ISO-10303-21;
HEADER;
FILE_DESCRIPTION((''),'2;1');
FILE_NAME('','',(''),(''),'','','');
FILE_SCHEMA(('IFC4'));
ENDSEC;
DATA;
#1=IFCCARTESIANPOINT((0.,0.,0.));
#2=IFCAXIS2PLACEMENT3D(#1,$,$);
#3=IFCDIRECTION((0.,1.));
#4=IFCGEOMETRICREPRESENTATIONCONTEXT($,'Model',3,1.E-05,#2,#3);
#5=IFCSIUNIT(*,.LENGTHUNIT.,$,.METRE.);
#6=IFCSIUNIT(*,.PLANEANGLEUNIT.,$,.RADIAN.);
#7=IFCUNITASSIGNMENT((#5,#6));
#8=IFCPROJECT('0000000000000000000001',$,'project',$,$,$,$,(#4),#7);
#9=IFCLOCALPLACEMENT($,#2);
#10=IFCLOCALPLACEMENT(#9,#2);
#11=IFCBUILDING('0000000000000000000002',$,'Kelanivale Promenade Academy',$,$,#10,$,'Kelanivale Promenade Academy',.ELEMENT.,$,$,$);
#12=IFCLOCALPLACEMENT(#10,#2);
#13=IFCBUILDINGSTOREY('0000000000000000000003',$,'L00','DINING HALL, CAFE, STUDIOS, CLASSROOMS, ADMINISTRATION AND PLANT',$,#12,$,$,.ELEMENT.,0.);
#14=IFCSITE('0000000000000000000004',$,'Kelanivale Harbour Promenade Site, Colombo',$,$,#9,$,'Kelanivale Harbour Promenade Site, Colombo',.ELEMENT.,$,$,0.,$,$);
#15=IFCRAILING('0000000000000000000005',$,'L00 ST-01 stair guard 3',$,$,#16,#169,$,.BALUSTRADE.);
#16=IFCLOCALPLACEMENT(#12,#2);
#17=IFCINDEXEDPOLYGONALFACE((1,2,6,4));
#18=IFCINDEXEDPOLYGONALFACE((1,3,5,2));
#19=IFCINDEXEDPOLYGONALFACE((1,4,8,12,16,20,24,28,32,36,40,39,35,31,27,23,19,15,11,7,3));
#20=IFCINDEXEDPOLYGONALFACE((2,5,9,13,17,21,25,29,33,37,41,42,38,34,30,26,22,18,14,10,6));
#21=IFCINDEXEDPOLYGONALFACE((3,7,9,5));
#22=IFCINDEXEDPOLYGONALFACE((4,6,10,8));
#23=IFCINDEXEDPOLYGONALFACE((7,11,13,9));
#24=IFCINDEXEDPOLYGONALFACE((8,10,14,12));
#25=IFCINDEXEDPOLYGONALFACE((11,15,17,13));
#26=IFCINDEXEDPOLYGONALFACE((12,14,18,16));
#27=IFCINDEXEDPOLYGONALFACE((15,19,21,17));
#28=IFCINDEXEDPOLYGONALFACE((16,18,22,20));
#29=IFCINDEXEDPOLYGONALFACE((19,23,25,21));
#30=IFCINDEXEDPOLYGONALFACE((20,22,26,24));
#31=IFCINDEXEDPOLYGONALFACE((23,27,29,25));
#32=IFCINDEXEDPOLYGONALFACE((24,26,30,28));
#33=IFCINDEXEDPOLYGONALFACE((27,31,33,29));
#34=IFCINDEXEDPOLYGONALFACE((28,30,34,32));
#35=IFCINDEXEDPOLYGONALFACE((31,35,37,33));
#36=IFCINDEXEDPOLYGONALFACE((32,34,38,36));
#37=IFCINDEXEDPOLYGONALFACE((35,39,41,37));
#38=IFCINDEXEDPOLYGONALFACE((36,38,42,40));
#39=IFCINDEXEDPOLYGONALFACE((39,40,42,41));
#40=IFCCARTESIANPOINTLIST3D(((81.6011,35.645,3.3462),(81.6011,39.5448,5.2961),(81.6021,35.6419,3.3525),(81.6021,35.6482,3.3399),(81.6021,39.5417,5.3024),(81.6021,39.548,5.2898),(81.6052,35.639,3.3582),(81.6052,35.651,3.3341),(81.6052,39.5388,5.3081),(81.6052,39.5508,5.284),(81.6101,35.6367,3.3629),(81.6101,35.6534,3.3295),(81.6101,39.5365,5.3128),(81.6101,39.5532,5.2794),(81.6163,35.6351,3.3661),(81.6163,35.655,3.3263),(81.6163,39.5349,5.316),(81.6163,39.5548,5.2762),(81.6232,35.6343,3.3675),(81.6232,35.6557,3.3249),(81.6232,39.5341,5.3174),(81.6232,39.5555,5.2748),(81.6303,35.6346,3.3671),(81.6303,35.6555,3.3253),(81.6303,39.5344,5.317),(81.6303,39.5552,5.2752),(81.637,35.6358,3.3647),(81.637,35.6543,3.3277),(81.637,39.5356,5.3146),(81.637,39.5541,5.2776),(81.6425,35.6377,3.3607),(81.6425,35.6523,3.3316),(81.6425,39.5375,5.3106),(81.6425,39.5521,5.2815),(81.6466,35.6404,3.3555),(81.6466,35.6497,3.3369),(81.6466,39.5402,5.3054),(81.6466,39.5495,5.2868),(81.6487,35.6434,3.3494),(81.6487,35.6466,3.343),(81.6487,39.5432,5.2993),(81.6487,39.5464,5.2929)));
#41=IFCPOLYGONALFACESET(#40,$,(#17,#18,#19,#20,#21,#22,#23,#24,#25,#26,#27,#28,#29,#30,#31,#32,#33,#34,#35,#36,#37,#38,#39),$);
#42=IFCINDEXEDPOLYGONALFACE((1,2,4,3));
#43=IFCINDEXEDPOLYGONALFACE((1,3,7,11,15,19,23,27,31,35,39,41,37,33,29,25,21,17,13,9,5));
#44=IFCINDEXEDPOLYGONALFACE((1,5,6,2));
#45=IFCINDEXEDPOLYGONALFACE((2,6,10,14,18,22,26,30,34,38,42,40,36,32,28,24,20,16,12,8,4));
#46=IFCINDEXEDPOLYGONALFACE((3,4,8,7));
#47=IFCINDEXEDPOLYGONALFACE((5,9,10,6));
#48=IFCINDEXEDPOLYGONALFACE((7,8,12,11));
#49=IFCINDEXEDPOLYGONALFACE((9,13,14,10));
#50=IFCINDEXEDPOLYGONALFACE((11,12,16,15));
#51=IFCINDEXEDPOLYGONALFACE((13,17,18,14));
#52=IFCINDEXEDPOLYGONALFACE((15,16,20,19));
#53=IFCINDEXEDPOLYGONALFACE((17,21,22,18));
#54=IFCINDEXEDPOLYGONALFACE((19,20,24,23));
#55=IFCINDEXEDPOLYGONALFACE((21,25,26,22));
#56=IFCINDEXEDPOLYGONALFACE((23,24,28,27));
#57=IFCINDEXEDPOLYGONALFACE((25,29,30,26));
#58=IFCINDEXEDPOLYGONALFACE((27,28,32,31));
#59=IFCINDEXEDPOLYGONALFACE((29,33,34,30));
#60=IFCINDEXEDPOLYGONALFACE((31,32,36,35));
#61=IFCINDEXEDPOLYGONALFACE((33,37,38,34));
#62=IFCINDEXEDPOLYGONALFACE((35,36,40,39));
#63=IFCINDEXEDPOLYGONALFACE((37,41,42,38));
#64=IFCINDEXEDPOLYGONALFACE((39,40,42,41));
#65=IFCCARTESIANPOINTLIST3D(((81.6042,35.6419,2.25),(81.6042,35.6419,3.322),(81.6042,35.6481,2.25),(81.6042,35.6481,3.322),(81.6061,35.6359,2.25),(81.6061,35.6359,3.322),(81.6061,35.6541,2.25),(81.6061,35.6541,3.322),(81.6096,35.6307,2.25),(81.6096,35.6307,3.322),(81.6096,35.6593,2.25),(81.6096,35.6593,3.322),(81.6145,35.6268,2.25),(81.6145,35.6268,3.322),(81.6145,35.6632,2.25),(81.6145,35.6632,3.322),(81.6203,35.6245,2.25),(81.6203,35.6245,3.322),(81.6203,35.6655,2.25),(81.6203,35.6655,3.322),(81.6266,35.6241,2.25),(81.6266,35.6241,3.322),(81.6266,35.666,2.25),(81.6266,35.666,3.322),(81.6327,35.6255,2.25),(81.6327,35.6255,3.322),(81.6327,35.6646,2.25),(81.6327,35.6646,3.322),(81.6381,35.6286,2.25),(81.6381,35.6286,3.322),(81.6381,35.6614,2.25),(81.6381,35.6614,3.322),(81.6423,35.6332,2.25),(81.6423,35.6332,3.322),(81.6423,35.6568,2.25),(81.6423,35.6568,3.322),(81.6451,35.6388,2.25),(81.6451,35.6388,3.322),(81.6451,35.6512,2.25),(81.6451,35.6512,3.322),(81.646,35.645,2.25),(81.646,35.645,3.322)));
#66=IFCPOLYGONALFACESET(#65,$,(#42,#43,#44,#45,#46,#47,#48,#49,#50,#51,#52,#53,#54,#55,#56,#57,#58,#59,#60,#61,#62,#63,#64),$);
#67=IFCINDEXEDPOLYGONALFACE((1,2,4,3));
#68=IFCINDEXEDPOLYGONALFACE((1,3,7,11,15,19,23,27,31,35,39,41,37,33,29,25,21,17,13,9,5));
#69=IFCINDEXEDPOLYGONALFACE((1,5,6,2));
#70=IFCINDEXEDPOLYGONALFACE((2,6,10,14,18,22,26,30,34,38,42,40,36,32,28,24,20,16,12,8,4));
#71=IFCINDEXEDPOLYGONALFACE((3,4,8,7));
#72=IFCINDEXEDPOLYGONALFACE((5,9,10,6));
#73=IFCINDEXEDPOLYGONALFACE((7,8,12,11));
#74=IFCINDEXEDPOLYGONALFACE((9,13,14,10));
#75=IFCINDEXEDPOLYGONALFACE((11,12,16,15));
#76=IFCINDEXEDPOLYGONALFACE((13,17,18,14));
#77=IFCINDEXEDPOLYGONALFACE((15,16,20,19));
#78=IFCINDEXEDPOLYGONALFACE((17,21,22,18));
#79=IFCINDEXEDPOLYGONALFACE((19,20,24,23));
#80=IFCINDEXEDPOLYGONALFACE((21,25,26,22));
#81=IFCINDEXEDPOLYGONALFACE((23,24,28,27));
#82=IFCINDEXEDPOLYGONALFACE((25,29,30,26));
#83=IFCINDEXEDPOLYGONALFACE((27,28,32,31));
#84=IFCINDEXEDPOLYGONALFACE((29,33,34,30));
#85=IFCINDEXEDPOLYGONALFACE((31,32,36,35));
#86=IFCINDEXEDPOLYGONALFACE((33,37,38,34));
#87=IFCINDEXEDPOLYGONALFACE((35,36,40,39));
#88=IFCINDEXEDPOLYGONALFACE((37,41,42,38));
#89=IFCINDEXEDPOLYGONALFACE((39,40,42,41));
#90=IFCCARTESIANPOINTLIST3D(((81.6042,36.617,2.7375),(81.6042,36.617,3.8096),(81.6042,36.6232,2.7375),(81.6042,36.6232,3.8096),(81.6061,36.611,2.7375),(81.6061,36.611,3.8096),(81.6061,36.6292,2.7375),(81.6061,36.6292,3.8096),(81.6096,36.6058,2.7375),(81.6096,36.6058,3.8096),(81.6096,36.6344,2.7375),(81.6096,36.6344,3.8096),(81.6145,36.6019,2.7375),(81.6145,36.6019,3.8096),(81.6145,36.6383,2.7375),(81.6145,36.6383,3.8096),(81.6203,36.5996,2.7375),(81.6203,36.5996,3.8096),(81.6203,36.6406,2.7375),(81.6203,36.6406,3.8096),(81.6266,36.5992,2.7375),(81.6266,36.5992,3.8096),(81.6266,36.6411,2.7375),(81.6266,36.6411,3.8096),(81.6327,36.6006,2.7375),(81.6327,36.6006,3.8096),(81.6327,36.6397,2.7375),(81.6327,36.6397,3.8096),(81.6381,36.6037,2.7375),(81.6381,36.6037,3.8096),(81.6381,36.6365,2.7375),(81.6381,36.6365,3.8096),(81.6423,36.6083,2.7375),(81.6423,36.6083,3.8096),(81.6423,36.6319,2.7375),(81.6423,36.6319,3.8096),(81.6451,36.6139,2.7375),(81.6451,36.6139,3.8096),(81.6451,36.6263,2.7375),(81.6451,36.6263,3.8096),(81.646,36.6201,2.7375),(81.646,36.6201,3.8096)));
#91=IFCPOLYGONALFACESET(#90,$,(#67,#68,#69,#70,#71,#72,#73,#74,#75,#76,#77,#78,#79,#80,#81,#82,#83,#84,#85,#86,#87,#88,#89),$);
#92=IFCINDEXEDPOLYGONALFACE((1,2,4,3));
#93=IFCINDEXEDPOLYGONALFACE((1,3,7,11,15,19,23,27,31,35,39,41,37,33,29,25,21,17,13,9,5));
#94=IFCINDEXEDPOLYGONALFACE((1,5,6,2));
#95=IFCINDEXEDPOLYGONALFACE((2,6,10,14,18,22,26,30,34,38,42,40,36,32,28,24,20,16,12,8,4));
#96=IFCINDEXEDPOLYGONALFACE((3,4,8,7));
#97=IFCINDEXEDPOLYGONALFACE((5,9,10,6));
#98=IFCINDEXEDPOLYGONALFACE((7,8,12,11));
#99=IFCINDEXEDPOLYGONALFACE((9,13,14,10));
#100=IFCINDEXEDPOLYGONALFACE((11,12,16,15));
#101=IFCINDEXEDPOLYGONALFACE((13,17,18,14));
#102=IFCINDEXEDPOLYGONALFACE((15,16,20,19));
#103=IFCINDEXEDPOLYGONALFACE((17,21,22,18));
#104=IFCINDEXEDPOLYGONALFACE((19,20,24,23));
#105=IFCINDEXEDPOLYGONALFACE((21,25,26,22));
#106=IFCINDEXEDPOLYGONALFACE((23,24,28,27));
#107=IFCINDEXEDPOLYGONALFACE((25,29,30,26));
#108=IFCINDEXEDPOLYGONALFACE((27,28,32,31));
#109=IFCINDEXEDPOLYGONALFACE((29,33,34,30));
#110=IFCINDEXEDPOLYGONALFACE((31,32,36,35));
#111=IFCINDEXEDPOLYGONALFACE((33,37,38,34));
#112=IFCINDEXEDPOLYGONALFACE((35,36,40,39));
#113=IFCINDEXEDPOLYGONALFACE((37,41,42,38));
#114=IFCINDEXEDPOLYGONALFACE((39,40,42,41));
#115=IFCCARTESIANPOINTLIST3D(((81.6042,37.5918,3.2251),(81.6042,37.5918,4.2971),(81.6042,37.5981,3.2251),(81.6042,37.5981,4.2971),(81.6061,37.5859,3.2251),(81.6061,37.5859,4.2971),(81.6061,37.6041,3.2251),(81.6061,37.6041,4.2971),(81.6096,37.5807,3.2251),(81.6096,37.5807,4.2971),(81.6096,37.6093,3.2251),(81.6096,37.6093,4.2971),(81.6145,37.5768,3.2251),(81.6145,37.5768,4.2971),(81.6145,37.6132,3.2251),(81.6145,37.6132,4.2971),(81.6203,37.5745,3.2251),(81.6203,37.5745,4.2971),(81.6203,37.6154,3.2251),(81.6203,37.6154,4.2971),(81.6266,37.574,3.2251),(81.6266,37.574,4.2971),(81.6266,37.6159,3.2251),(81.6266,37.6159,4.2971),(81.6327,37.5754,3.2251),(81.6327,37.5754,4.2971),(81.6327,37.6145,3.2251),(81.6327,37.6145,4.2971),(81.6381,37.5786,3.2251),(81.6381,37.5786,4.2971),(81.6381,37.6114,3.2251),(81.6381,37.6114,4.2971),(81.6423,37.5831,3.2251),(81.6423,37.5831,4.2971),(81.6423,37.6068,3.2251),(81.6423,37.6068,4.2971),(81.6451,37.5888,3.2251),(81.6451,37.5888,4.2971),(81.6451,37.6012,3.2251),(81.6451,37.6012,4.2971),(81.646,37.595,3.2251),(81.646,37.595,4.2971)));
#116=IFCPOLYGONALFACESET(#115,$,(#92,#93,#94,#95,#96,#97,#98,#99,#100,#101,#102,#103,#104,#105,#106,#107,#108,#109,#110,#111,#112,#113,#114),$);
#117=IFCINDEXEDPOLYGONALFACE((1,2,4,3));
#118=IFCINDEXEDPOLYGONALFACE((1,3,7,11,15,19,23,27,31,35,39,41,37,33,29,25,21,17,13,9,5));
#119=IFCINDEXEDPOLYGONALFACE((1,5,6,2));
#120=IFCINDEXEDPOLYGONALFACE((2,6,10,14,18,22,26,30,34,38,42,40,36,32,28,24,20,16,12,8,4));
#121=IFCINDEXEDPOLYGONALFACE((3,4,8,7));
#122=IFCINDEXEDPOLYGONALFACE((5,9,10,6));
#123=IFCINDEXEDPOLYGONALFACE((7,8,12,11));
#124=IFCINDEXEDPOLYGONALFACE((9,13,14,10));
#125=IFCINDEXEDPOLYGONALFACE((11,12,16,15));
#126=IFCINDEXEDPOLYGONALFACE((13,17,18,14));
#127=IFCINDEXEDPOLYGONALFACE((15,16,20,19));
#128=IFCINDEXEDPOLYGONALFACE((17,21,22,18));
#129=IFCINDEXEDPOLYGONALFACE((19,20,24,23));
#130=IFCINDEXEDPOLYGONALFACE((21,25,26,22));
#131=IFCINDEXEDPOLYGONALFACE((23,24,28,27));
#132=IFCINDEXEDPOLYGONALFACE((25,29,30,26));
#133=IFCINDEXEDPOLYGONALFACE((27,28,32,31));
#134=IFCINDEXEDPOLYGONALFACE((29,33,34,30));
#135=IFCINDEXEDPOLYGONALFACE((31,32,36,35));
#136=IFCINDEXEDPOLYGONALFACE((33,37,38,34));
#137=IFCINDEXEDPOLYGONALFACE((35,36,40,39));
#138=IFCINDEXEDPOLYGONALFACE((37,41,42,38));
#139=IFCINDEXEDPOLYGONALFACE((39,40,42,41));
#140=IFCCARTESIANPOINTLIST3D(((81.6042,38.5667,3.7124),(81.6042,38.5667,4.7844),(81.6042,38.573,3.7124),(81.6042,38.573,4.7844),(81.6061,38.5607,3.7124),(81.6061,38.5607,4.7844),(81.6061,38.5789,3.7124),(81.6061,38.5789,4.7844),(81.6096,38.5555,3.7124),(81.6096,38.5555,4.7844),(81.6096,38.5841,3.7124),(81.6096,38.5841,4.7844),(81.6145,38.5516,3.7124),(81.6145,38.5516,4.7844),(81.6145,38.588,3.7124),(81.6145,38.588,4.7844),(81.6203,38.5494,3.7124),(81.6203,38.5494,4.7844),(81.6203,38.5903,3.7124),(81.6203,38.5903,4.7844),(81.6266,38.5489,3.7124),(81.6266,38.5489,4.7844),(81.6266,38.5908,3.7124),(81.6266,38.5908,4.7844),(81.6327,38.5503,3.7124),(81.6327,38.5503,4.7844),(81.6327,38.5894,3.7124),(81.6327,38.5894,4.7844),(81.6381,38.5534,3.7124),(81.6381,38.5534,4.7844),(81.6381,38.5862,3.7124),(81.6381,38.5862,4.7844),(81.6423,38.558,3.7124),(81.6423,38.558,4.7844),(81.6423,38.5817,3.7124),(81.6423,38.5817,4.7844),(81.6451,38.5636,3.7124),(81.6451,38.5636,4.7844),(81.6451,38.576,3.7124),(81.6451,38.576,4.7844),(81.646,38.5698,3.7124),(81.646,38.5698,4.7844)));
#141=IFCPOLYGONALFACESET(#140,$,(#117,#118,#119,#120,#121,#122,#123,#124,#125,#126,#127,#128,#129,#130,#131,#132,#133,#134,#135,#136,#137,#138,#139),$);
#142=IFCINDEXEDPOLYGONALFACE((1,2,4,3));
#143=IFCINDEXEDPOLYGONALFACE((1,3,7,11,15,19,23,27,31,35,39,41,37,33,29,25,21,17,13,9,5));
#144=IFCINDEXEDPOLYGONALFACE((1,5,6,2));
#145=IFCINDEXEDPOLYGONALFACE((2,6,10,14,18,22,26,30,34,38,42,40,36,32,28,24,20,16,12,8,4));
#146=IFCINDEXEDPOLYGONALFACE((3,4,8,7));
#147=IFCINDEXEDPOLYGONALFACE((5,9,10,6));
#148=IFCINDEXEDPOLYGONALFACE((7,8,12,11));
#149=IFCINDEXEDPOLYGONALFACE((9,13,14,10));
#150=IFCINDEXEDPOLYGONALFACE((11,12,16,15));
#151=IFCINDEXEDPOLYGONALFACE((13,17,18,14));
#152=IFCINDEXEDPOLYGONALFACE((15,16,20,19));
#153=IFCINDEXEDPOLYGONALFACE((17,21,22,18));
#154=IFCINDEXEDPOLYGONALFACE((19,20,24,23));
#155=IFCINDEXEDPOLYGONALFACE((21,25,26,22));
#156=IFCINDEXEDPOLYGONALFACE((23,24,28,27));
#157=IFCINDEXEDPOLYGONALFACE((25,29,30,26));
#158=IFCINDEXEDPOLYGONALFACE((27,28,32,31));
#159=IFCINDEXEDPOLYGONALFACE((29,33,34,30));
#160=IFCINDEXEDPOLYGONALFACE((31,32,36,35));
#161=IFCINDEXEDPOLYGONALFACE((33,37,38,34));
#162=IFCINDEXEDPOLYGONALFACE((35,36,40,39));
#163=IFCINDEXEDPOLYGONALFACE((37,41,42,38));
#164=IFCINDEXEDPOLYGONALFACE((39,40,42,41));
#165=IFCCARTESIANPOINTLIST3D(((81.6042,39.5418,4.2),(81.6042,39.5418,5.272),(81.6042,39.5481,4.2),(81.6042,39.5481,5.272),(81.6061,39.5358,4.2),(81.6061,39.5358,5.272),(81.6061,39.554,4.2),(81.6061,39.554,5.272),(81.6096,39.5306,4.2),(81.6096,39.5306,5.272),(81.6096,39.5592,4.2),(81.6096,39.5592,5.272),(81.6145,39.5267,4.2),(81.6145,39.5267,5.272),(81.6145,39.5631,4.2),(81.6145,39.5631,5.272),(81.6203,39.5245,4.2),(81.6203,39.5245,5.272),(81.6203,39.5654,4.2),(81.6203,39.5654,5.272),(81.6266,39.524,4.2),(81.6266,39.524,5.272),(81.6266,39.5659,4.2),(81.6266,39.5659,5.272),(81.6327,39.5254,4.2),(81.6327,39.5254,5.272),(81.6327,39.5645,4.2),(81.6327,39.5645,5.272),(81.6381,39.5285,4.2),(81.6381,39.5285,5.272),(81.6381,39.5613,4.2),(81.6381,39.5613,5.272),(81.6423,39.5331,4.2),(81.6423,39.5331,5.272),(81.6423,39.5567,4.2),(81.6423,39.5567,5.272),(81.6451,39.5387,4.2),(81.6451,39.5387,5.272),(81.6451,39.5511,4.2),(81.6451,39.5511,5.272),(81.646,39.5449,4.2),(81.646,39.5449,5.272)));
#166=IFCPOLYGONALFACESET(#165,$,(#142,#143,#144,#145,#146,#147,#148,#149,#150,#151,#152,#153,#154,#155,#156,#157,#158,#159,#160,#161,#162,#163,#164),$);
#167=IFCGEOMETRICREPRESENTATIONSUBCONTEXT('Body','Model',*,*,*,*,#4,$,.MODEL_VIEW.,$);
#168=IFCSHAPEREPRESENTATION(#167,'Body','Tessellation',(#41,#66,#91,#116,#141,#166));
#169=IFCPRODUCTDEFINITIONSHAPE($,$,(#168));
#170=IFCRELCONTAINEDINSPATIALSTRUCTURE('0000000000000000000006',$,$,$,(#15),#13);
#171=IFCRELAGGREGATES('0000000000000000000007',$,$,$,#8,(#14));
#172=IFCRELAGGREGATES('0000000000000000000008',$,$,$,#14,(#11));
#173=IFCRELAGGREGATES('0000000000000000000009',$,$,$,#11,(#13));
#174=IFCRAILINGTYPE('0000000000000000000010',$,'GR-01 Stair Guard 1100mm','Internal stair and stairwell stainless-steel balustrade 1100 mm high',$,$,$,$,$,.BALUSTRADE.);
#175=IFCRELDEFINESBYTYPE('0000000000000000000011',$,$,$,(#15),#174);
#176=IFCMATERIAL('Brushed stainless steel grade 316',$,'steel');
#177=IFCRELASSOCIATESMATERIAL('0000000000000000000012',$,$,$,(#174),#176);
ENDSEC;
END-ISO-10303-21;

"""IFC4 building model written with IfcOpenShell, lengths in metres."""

from ifc_helpers import new_model, si_unit, direction, frame, origin, origin_2d, place, context, subcontext, project, spatial, circle, extrude, material, type_object, element, save


model = new_model("IFC4")

# Units and contexts
model_context = context("Model", 3, precision=1e-05, world=origin(), true_north=direction((0.0, 1.0)))
body_context = subcontext(model_context, "Body", "Model", "MODEL_VIEW")
ifc_project = project(units=[si_unit("LENGTHUNIT", "METRE"), si_unit("PLANEANGLEUNIT", "RADIAN")], contexts=[model_context])

# Site, building, storey
site_placement = place(None, origin())
site = spatial("IfcSite", under=ifc_project, at=site_placement, Name="Kelanivale Harbour Promenade Site, Colombo", LongName="Kelanivale Harbour Promenade Site, Colombo", CompositionType="ELEMENT", RefElevation=0.0)
building_placement = place(site_placement, origin())
building = spatial("IfcBuilding", under=site, at=building_placement, Name="Kelanivale Promenade Academy", LongName="Kelanivale Promenade Academy", CompositionType="ELEMENT")
storey_placement = place(building_placement, origin())
storey = spatial("IfcBuildingStorey", under=building, at=storey_placement, Name="L00", Description="DINING HALL, CAFE, STUDIOS, CLASSROOMS, ADMINISTRATION AND PLANT", CompositionType="ELEMENT", Elevation=0.0)

# Railing
ifc_material_1 = material(Name="Brushed stainless steel grade 316", Category="steel")
railing_type_1 = type_object("IfcRailingType", Name="GR-01 Stair Guard 1100mm", Description="Internal stair and stairwell stainless-steel balustrade 1100 mm high", PredefinedType="BALUSTRADE", material=ifc_material_1)
railing_1_placement = place(storey_placement, frame((81.625, 35.645, 2.25)))
element("IfcRailing", 1, at=railing_1_placement, inside=storey, type_object=railing_type_1, Name="L00 ST-01 stair guard 3", PredefinedType="BALUSTRADE", context=body_context, shape_type="SweptSolid", body=[
    extrude(circle(Radius=0.0239, at=origin_2d()), frame((0.0, 0.0, 1.0962), z_axis=(0.0, 0.894427, 0.447214), x_axis=(-1.0, 0.0, 0.0)), (0.0, 0.0, 1.0), 4.3601),
    extrude(circle(Radius=0.021, at=origin_2d()), origin(), (0.0, 0.0, 1.0), 1.072),
    extrude(circle(Radius=0.021, at=origin_2d()), frame((0.0, 0.9751, 0.4875)), (0.0, 0.0, 1.0), 1.072),
    extrude(circle(Radius=0.021, at=origin_2d()), frame((0.0, 1.95, 0.9751)), (0.0, 0.0, 1.0), 1.072),
    extrude(circle(Radius=0.021, at=origin_2d()), frame((0.0, 2.9248, 1.4624)), (0.0, 0.0, 1.0), 1.072),
    extrude(circle(Radius=0.021, at=origin_2d()), frame((0.0, 3.8999, 1.95)), (0.0, 0.0, 1.0), 1.072),
])

save(model, "model.ifc")
